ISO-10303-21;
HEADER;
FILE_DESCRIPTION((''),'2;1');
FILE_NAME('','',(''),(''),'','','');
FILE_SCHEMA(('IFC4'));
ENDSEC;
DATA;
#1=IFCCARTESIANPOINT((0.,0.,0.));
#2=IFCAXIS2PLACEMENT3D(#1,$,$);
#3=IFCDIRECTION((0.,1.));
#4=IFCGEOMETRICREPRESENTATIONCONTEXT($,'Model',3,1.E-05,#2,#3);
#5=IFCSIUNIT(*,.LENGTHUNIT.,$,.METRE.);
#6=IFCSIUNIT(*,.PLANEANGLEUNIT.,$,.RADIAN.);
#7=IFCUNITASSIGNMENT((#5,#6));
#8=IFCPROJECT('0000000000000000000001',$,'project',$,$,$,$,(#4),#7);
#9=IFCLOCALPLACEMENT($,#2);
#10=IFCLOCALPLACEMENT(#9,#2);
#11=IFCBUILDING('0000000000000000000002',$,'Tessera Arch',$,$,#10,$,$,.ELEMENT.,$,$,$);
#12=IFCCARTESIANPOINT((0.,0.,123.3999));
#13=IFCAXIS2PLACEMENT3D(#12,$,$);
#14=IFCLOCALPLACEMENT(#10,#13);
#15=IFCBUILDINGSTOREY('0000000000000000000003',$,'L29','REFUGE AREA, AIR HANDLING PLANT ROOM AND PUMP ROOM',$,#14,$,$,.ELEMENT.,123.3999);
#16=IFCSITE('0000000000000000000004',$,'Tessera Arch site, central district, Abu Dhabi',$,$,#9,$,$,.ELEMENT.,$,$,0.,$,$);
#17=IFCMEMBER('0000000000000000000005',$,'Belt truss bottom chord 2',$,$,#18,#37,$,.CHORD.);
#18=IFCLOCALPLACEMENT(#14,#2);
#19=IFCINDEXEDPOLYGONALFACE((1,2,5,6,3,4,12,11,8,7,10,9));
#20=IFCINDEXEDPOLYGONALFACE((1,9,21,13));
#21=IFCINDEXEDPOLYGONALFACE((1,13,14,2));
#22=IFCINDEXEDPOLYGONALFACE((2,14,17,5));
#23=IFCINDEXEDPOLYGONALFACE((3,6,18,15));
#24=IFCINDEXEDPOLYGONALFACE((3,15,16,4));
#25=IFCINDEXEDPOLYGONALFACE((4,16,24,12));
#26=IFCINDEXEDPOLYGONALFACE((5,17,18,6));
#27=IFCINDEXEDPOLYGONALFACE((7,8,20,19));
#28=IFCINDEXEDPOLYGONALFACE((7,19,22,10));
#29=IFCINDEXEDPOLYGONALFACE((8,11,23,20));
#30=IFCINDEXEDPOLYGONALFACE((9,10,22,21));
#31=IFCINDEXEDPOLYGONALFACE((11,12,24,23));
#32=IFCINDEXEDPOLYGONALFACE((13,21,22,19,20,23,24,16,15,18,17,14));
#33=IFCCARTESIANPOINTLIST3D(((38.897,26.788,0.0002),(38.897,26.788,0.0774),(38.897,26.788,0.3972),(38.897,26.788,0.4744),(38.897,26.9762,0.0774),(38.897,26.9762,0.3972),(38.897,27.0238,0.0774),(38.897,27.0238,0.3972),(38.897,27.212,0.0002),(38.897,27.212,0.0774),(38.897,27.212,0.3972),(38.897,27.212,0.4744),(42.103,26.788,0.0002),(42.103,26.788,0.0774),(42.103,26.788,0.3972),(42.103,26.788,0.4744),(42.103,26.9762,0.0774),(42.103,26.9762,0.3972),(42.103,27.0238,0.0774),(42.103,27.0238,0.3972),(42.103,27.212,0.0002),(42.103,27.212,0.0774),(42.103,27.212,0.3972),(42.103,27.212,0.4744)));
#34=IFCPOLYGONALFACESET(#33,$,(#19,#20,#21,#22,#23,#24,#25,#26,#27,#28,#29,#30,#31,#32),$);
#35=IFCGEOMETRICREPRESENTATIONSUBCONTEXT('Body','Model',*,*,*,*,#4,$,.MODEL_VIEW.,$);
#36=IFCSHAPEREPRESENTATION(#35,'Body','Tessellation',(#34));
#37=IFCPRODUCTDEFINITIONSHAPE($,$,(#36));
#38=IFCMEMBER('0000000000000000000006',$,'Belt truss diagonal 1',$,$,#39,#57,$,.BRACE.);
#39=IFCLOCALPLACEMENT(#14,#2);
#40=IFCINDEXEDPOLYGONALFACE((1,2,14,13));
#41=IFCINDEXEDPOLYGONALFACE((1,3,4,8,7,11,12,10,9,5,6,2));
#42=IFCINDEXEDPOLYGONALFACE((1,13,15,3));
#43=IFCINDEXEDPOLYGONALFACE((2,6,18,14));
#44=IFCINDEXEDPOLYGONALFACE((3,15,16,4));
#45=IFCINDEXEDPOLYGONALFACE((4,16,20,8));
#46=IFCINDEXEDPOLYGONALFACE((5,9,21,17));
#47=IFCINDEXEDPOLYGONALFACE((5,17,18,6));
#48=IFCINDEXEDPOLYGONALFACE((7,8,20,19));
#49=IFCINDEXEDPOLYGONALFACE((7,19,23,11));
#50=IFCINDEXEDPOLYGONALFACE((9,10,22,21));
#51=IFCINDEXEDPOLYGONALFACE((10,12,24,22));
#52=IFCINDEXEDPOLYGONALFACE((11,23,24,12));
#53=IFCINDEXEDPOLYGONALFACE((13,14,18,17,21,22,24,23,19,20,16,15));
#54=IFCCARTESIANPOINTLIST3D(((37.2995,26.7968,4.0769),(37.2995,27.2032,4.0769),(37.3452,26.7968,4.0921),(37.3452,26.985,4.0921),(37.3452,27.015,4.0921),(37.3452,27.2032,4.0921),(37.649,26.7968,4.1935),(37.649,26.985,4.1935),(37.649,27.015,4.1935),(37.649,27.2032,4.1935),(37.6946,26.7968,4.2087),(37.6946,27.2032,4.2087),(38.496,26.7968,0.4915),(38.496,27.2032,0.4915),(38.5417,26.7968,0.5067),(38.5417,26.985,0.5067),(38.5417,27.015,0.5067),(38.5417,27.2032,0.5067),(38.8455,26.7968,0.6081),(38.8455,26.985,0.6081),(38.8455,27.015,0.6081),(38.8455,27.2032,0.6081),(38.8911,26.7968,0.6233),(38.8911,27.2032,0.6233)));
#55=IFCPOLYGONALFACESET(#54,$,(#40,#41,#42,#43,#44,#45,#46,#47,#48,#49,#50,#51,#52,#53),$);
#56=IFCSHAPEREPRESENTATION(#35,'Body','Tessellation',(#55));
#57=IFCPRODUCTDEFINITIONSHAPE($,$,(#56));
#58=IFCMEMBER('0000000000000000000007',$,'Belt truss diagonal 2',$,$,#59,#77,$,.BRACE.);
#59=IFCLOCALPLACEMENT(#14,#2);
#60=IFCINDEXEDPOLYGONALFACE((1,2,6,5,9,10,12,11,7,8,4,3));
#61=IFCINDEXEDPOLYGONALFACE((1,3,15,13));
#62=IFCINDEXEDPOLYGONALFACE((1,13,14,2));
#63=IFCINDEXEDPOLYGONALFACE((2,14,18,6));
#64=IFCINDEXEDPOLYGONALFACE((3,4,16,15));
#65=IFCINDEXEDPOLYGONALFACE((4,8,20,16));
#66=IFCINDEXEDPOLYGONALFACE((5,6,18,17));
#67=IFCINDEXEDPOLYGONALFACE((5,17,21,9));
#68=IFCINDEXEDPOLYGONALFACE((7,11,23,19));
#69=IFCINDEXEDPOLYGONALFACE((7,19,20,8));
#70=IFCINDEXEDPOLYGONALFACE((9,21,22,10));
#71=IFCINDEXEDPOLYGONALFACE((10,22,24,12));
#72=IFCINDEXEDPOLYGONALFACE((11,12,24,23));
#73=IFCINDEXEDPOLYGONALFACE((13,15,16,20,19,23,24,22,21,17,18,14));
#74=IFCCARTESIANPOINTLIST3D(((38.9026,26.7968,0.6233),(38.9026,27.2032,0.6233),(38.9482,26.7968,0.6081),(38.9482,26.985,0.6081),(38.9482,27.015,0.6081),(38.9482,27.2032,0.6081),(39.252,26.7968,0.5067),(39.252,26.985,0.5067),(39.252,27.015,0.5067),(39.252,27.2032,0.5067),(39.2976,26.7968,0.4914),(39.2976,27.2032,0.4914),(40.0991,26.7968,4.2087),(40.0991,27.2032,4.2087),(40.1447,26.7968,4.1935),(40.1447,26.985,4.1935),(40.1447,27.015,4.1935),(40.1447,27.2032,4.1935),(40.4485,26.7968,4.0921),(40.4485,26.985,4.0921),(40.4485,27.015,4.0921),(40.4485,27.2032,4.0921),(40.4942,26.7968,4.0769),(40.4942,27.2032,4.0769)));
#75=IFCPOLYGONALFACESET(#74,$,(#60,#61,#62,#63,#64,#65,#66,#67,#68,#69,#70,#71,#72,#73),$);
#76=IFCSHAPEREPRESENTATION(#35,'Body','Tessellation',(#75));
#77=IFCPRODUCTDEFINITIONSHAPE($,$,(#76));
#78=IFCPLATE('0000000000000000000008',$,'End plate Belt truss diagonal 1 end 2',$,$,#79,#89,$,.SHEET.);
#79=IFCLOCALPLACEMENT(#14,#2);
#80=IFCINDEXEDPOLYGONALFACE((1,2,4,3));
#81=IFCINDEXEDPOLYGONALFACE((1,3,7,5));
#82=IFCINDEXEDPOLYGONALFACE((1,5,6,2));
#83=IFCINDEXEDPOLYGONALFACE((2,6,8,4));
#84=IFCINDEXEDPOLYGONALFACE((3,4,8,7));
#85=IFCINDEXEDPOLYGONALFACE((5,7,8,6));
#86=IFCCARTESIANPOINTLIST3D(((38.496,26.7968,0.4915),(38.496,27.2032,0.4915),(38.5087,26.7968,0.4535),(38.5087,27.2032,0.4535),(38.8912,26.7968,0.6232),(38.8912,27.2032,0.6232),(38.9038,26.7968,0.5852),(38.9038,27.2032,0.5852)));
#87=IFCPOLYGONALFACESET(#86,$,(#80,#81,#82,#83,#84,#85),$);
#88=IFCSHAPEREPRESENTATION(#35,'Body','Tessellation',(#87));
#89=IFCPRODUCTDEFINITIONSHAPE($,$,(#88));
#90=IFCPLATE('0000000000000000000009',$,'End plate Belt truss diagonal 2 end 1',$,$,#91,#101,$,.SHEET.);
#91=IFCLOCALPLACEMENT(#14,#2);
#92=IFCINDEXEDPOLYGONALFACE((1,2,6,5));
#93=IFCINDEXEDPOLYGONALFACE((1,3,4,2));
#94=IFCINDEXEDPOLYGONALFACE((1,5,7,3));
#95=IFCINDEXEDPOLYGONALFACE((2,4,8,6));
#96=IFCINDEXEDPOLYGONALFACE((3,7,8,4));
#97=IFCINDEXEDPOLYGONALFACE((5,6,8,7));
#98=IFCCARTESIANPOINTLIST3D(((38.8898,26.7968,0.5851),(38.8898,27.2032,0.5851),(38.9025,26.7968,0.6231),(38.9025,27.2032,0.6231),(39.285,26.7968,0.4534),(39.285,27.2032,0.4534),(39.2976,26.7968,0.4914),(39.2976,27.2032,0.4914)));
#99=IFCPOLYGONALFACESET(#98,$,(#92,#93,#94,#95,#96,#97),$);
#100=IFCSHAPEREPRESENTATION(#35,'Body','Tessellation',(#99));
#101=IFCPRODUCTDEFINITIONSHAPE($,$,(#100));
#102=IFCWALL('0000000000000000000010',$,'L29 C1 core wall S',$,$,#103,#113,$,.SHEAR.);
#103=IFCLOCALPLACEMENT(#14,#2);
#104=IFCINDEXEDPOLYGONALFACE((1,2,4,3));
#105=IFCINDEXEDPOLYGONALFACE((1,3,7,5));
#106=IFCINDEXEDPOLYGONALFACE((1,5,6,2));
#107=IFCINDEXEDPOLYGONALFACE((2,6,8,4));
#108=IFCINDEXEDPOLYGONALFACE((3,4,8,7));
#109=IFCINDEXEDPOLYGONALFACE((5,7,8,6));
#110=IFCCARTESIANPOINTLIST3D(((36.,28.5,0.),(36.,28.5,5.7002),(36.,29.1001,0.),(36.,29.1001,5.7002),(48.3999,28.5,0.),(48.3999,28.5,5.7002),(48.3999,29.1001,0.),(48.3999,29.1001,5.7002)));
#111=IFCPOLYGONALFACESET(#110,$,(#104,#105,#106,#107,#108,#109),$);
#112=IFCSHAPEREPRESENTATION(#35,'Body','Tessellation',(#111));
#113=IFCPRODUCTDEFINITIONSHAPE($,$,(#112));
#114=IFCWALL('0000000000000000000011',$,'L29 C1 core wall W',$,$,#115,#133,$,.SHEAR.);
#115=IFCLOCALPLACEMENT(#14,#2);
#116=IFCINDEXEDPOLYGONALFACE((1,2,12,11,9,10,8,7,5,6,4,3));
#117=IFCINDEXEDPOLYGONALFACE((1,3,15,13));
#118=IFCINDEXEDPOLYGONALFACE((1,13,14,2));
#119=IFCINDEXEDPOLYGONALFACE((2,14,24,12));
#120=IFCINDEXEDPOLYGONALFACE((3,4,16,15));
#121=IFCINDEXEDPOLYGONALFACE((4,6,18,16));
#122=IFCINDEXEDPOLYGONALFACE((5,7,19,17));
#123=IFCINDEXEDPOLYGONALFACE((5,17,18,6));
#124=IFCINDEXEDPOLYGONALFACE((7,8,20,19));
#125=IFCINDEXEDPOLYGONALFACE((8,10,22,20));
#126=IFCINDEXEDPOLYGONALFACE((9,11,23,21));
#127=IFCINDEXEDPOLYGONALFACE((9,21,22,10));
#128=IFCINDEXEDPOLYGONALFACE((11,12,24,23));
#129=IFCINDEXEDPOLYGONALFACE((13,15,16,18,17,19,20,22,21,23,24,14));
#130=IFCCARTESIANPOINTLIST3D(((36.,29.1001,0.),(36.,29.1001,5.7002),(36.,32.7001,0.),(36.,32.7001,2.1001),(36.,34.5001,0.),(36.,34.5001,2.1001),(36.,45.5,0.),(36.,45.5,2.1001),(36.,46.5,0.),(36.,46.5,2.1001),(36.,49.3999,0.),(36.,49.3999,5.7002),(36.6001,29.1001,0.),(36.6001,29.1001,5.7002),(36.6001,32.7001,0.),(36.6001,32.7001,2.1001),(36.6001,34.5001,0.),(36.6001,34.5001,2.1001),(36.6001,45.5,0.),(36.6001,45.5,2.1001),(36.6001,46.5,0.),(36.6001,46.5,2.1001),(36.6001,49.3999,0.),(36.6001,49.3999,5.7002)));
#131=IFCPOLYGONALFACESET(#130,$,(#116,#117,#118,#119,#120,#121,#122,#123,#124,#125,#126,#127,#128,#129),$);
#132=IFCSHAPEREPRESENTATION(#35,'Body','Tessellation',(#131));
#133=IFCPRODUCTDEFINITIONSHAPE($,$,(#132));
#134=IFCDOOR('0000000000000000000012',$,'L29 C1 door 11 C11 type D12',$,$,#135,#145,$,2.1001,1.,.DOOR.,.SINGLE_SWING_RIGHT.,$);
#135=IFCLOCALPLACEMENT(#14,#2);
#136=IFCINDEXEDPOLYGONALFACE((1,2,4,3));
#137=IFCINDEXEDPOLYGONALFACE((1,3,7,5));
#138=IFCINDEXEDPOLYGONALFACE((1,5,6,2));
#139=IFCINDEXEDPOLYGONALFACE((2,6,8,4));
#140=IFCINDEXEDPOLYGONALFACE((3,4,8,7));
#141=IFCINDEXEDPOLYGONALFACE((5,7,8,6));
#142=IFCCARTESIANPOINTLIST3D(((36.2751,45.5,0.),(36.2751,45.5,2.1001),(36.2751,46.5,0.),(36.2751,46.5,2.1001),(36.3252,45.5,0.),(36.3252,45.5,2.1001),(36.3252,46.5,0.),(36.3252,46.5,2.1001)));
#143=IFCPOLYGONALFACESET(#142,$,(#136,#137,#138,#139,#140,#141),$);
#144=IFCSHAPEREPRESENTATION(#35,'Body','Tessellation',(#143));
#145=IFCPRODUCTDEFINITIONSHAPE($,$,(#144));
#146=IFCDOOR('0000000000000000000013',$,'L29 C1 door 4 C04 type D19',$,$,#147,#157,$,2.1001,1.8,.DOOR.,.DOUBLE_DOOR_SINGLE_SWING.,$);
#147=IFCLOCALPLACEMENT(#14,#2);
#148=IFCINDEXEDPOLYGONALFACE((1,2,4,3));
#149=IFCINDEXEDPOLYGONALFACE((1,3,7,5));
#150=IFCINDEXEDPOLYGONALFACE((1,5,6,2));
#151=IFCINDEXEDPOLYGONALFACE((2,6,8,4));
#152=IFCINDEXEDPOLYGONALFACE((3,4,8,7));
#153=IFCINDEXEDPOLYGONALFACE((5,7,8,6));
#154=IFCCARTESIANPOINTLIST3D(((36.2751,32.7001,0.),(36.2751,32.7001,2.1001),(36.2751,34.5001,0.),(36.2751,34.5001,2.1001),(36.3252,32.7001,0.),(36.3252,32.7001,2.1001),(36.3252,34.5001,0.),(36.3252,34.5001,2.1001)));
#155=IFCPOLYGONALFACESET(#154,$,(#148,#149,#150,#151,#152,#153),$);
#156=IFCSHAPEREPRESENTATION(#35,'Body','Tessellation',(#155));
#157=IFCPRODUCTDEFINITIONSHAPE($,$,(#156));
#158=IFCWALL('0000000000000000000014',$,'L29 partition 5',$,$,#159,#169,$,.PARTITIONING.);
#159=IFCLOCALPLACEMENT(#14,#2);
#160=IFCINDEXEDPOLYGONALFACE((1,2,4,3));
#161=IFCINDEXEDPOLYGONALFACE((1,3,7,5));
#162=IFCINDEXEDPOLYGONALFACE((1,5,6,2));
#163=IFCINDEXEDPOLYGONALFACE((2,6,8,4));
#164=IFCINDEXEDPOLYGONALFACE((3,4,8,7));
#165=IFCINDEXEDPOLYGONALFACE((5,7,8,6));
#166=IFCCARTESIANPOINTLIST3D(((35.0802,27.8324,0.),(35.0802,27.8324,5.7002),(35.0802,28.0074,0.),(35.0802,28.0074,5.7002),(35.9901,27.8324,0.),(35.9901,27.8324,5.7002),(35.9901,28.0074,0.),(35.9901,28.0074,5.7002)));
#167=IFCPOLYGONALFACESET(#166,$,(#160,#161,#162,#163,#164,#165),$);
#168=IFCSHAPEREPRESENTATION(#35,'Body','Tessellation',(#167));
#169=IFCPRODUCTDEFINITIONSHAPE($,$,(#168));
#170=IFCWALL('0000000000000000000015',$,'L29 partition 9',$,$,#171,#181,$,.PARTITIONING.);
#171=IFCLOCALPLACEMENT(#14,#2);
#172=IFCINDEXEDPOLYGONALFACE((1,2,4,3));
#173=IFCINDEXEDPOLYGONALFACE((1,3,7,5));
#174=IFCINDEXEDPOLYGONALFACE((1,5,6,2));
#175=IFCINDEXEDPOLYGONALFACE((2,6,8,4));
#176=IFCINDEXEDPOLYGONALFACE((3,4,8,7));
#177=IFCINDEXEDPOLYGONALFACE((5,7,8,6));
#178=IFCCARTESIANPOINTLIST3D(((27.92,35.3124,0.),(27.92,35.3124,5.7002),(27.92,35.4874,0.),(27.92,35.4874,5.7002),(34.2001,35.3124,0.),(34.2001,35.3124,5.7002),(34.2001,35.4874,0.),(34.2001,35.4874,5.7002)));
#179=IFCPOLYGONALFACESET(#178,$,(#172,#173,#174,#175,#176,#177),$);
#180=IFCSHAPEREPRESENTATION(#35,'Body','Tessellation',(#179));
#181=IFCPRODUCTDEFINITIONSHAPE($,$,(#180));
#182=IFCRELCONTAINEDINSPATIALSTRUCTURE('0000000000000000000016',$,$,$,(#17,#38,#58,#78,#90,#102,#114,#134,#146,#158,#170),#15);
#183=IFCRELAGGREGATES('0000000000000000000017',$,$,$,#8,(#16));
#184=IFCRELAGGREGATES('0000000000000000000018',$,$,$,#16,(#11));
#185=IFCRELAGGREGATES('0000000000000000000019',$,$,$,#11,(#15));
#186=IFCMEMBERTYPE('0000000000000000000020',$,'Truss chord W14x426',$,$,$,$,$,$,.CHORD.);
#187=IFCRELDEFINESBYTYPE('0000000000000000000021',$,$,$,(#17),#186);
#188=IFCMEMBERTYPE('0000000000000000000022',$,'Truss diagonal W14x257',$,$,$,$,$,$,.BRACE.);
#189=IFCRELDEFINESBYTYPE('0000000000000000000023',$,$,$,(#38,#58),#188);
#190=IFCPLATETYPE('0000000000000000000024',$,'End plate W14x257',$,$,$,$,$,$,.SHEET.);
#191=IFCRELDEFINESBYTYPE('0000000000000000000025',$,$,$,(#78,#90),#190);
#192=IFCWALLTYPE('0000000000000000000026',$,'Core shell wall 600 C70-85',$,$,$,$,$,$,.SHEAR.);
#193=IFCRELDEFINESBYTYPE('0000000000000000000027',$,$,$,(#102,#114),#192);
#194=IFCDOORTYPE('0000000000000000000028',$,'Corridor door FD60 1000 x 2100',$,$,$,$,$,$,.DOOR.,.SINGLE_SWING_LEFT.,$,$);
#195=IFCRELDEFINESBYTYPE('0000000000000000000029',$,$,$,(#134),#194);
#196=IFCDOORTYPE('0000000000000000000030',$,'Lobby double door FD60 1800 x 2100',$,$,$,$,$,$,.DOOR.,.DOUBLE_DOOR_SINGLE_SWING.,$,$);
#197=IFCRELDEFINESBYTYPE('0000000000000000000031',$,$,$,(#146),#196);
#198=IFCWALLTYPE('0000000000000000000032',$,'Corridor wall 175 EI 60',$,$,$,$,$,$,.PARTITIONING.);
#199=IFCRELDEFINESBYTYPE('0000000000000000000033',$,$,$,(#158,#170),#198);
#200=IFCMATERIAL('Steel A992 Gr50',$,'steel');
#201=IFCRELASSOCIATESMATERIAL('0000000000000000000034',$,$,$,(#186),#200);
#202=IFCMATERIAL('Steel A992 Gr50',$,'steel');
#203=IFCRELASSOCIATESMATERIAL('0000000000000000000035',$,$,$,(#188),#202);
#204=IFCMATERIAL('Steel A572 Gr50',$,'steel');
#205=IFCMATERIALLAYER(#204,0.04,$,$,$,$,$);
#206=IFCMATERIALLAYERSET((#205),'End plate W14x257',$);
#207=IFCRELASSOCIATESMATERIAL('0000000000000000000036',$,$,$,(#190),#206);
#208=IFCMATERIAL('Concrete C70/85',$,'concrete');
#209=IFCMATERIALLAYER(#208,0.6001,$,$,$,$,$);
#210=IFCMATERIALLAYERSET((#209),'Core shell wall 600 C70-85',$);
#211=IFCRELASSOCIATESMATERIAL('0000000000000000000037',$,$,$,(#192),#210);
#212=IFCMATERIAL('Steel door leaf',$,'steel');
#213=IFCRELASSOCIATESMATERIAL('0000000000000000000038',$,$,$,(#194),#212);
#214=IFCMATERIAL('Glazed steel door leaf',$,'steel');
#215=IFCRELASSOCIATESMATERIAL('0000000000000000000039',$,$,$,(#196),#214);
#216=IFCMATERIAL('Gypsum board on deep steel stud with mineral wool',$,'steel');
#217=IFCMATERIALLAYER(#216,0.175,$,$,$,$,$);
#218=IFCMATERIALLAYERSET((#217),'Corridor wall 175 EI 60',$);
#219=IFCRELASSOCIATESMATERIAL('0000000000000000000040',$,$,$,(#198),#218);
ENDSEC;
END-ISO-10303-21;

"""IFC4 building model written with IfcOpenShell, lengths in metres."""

from ifc_helpers import new_model, si_unit, direction, frame, frame_2d, origin, origin_2d, place, context, subcontext, project, spatial, rectangle, i_section, extrude, material, layer, layer_set, material_profile, profile_set, type_object, element, fill, save


model = new_model("IFC4")

# Units and contexts
model_context = context("Model", 3, precision=1e-05, world=origin(), true_north=direction((0.0, 1.0)))
body_context = subcontext(model_context, "Body", "Model", "MODEL_VIEW")
ifc_project = project(units=[si_unit("LENGTHUNIT", "METRE"), si_unit("PLANEANGLEUNIT", "RADIAN")], contexts=[model_context])

# Site, building, storey
site_placement = place(None, origin())
site = spatial("IfcSite", under=ifc_project, at=site_placement, Name="Tessera Arch site, central district, Abu Dhabi", CompositionType="ELEMENT", RefElevation=0.0)
building_placement = place(site_placement, origin())
building = spatial("IfcBuilding", under=site, at=building_placement, Name="Tessera Arch", CompositionType="ELEMENT")
storey_placement = place(building_placement, frame((0.0, 0.0, 123.3999)))
storey = spatial("IfcBuildingStorey", under=building, at=storey_placement, Name="L29", Description="REFUGE AREA, AIR HANDLING PLANT ROOM AND PUMP ROOM", CompositionType="ELEMENT", Elevation=123.3999)

# Members
ifc_material_1 = material(Name="Steel A992 Gr50", Category="steel")
ifc_material_profile_1 = material_profile(ifc_material_1, i_section(OverallWidth=0.4241, OverallDepth=0.4741, WebThickness=0.0476, FlangeThickness=0.0771, at=origin_2d()), Name="W14x426")
ifc_profile_set_1 = profile_set([ifc_material_profile_1], Name="Steel A992 Gr50")
member_type_1 = type_object("IfcMemberType", Name="Truss chord W14x426", PredefinedType="CHORD", material=ifc_profile_set_1)
member_placement = place(storey_placement, frame((38.897, 27.0, 0.2373), z_axis=(1.0, 0.0, 0.0), x_axis=(0.0, 1.0, 0.0)))
element("IfcMember", 1, at=member_placement, inside=storey, type_object=member_type_1, Name="Belt truss bottom chord 2", PredefinedType="CHORD", context=body_context, shape_type="SweptSolid", body=[
    extrude(i_section(OverallWidth=0.4241, OverallDepth=0.4741, WebThickness=0.0476, FlangeThickness=0.0771, at=origin_2d()), origin(), (0.0, 0.0, 1.0), 3.2061),
])
ifc_material_2 = material(Name="Steel A992 Gr50", Category="steel")
ifc_material_profile_2 = material_profile(ifc_material_2, i_section(OverallWidth=0.4065, OverallDepth=0.4165, WebThickness=0.03, FlangeThickness=0.0481, at=origin_2d()), Name="W14x257")
ifc_profile_set_2 = profile_set([ifc_material_profile_2], Name="Steel A992 Gr50")
member_type_2 = type_object("IfcMemberType", Name="Truss diagonal W14x257", PredefinedType="BRACE", material=ifc_profile_set_2)
for number, where, z_axis, x_axis, name in (
    (2, (37.4971, 27.0, 4.1428), (0.316557, 0.0, -0.948573), (0.0, 1.0, 0.0), "Belt truss diagonal 1"),
    (3, (39.1001, 27.0, 0.5574), (0.316557, 0.0, 0.948573), (0.0, 1.0, 0.0), "Belt truss diagonal 2"),
):
    element("IfcMember", number, at=place(storey_placement, frame(where, z_axis=z_axis, x_axis=x_axis)), inside=storey, type_object=member_type_2, Name=name, PredefinedType="BRACE", context=body_context, shape_type="SweptSolid", body=[
        extrude(i_section(OverallWidth=0.4065, OverallDepth=0.4165, WebThickness=0.03, FlangeThickness=0.0481, at=origin_2d()), origin(), (0.0, 0.0, 1.0), 3.7798),
    ])

# Plates
ifc_material_3 = material(Name="Steel A572 Gr50", Category="steel")
ifc_layer_1 = layer(ifc_material_3, 0.04)
ifc_layer_set_1 = layer_set([ifc_layer_1], Name="End plate W14x257")
plate_type = type_object("IfcPlateType", Name="End plate W14x257", PredefinedType="SHEET", material=ifc_layer_set_1)
for number, where, z_axis, x_axis, name in (
    (4, (38.6936, 27.0, 0.5574), (0.316228, 0.0, -0.948683), (0.0, 1.0, 0.0), "End plate Belt truss diagonal 1 end 2"),
    (5, (39.0874, 27.0, 0.5193), (0.316228, 0.0, 0.948683), (0.0, 1.0, 0.0), "End plate Belt truss diagonal 2 end 1"),
):
    element("IfcPlate", number, at=place(storey_placement, frame(where, z_axis=z_axis, x_axis=x_axis)), inside=storey, type_object=plate_type, Name=name, PredefinedType="SHEET", context=body_context, shape_type="SweptSolid", body=[
        extrude(rectangle(XDim=0.4065, YDim=0.4165, at=origin_2d()), origin(), (0.0, 0.0, 1.0), 0.04),
    ])

# Wall
ifc_material_4 = material(Name="Concrete C70/85", Category="concrete")
ifc_layer_2 = layer(ifc_material_4, 0.6001)
ifc_layer_set_2 = layer_set([ifc_layer_2], Name="Core shell wall 600 C70-85")
wall_type_1 = type_object("IfcWallType", Name="Core shell wall 600 C70-85", PredefinedType="SHEAR", material=ifc_layer_set_2)
wall_1_placement = place(storey_placement, frame((36.0, 28.8, 0.0), z_axis=(0.0, 0.0, 1.0), x_axis=(1.0, 0.0, 0.0)))
element("IfcWall", 6, at=wall_1_placement, inside=storey, type_object=wall_type_1, Name="L29 C1 core wall S", PredefinedType="SHEAR", context=body_context, shape_type="SweptSolid", body=[
    extrude(rectangle(XDim=12.3999, YDim=0.6001, at=frame_2d((6.2, 0.0))), origin(), (0.0, 0.0, 1.0), 5.7002),
])

# Wall, openings, doors
wall_2_placement = place(storey_placement, frame((36.3, 29.1001, 0.0), z_axis=(0.0, 0.0, 1.0), x_axis=(0.0, 1.0, 0.0)))
wall_2 = element("IfcWall", 7, at=wall_2_placement, inside=storey, type_object=wall_type_1, Name="L29 C1 core wall W", PredefinedType="SHEAR", context=body_context, shape_type="SweptSolid", body=[
    extrude(rectangle(XDim=20.2998, YDim=0.6001, at=frame_2d((10.1499, 0.0))), origin(), (0.0, 0.0, 1.0), 5.7002),
])
opening_1_placement = place(wall_2_placement, frame((3.6001, 0.0, 0.0)))
opening_1 = element("IfcOpeningElement", 8, at=opening_1_placement, cuts=wall_2, PredefinedType="OPENING", context=body_context, shape_type="SweptSolid", body=[
    extrude(rectangle(XDim=1.8, YDim=2.1001, at=frame_2d((0.8999, 1.05))), frame((0.0, 0.3101, 0.0), z_axis=(0.0, -1.0, 0.0), x_axis=(1.0, 0.0, 0.0)), (0.0, 0.0, 1.0), 0.6201),
])
opening_2_placement = place(wall_2_placement, frame((16.3999, 0.0, 0.0)))
opening_2 = element("IfcOpeningElement", 9, at=opening_2_placement, cuts=wall_2, PredefinedType="OPENING", context=body_context, shape_type="SweptSolid", body=[
    extrude(rectangle(XDim=1.0, YDim=2.1001, at=frame_2d((0.5, 1.05))), frame((0.0, 0.3101, 0.0), z_axis=(0.0, -1.0, 0.0), x_axis=(1.0, 0.0, 0.0)), (0.0, 0.0, 1.0), 0.6201),
])
ifc_material_5 = material(Name="Steel door leaf", Category="steel")
door_type_1 = type_object("IfcDoorType", Name="Corridor door FD60 1000 x 2100", OperationType="SINGLE_SWING_LEFT", PredefinedType="DOOR", material=ifc_material_5)
door_1_placement = place(opening_2_placement, origin())
door_1 = element("IfcDoor", 10, at=door_1_placement, inside=storey, type_object=door_type_1, Name="L29 C1 door 11 C11 type D12", OperationType="SINGLE_SWING_RIGHT", OverallHeight=2.1001, OverallWidth=1.0, PredefinedType="DOOR", context=body_context, shape_type="SweptSolid", body=[
    extrude(rectangle(XDim=1.0, YDim=2.1001, at=frame_2d((0.5, 1.05))), frame((0.0, 0.0249, 0.0), z_axis=(0.0, -1.0, 0.0), x_axis=(1.0, 0.0, 0.0)), (0.0, 0.0, 1.0), 0.05),
])
fill(opening_2, door_1)
ifc_material_6 = material(Name="Glazed steel door leaf", Category="steel")
door_type_2 = type_object("IfcDoorType", Name="Lobby double door FD60 1800 x 2100", OperationType="DOUBLE_DOOR_SINGLE_SWING", PredefinedType="DOOR", material=ifc_material_6)
door_2_placement = place(opening_1_placement, origin())
door_2 = element("IfcDoor", 11, at=door_2_placement, inside=storey, type_object=door_type_2, Name="L29 C1 door 4 C04 type D19", OperationType="DOUBLE_DOOR_SINGLE_SWING", OverallHeight=2.1001, OverallWidth=1.8, PredefinedType="DOOR", context=body_context, shape_type="SweptSolid", body=[
    extrude(rectangle(XDim=1.8, YDim=2.1001, at=frame_2d((0.8999, 1.05))), frame((0.0, 0.0249, 0.0), z_axis=(0.0, -1.0, 0.0), x_axis=(1.0, 0.0, 0.0)), (0.0, 0.0, 1.0), 0.05),
])
fill(opening_1, door_2)

# Walls
ifc_material_7 = material(Name="Gypsum board on deep steel stud with mineral wool", Category="steel")
ifc_layer_3 = layer(ifc_material_7, 0.175)
ifc_layer_set_3 = layer_set([ifc_layer_3], Name="Corridor wall 175 EI 60")
wall_type_2 = type_object("IfcWallType", Name="Corridor wall 175 EI 60", PredefinedType="PARTITIONING", material=ifc_layer_set_3)
wall_3_placement = place(storey_placement, frame((35.0801, 27.9199, 0.0), z_axis=(0.0, 0.0, 1.0), x_axis=(1.0, 0.0, 0.0)))
element("IfcWall", 12, at=wall_3_placement, inside=storey, type_object=wall_type_2, Name="L29 partition 5", PredefinedType="PARTITIONING", context=body_context, shape_type="SweptSolid", body=[
    extrude(rectangle(XDim=0.9099, YDim=0.175, at=frame_2d((0.4551, 0.0))), origin(), (0.0, 0.0, 1.0), 5.7002),
])
wall_4_placement = place(storey_placement, frame((27.9199, 35.3999, 0.0), z_axis=(0.0, 0.0, 1.0), x_axis=(1.0, 0.0, 0.0)))
element("IfcWall", 13, at=wall_4_placement, inside=storey, type_object=wall_type_2, Name="L29 partition 9", PredefinedType="PARTITIONING", context=body_context, shape_type="SweptSolid", body=[
    extrude(rectangle(XDim=6.28, YDim=0.175, at=frame_2d((3.1401, 0.0))), origin(), (0.0, 0.0, 1.0), 5.7002),
])

save(model, "model.ifc")
